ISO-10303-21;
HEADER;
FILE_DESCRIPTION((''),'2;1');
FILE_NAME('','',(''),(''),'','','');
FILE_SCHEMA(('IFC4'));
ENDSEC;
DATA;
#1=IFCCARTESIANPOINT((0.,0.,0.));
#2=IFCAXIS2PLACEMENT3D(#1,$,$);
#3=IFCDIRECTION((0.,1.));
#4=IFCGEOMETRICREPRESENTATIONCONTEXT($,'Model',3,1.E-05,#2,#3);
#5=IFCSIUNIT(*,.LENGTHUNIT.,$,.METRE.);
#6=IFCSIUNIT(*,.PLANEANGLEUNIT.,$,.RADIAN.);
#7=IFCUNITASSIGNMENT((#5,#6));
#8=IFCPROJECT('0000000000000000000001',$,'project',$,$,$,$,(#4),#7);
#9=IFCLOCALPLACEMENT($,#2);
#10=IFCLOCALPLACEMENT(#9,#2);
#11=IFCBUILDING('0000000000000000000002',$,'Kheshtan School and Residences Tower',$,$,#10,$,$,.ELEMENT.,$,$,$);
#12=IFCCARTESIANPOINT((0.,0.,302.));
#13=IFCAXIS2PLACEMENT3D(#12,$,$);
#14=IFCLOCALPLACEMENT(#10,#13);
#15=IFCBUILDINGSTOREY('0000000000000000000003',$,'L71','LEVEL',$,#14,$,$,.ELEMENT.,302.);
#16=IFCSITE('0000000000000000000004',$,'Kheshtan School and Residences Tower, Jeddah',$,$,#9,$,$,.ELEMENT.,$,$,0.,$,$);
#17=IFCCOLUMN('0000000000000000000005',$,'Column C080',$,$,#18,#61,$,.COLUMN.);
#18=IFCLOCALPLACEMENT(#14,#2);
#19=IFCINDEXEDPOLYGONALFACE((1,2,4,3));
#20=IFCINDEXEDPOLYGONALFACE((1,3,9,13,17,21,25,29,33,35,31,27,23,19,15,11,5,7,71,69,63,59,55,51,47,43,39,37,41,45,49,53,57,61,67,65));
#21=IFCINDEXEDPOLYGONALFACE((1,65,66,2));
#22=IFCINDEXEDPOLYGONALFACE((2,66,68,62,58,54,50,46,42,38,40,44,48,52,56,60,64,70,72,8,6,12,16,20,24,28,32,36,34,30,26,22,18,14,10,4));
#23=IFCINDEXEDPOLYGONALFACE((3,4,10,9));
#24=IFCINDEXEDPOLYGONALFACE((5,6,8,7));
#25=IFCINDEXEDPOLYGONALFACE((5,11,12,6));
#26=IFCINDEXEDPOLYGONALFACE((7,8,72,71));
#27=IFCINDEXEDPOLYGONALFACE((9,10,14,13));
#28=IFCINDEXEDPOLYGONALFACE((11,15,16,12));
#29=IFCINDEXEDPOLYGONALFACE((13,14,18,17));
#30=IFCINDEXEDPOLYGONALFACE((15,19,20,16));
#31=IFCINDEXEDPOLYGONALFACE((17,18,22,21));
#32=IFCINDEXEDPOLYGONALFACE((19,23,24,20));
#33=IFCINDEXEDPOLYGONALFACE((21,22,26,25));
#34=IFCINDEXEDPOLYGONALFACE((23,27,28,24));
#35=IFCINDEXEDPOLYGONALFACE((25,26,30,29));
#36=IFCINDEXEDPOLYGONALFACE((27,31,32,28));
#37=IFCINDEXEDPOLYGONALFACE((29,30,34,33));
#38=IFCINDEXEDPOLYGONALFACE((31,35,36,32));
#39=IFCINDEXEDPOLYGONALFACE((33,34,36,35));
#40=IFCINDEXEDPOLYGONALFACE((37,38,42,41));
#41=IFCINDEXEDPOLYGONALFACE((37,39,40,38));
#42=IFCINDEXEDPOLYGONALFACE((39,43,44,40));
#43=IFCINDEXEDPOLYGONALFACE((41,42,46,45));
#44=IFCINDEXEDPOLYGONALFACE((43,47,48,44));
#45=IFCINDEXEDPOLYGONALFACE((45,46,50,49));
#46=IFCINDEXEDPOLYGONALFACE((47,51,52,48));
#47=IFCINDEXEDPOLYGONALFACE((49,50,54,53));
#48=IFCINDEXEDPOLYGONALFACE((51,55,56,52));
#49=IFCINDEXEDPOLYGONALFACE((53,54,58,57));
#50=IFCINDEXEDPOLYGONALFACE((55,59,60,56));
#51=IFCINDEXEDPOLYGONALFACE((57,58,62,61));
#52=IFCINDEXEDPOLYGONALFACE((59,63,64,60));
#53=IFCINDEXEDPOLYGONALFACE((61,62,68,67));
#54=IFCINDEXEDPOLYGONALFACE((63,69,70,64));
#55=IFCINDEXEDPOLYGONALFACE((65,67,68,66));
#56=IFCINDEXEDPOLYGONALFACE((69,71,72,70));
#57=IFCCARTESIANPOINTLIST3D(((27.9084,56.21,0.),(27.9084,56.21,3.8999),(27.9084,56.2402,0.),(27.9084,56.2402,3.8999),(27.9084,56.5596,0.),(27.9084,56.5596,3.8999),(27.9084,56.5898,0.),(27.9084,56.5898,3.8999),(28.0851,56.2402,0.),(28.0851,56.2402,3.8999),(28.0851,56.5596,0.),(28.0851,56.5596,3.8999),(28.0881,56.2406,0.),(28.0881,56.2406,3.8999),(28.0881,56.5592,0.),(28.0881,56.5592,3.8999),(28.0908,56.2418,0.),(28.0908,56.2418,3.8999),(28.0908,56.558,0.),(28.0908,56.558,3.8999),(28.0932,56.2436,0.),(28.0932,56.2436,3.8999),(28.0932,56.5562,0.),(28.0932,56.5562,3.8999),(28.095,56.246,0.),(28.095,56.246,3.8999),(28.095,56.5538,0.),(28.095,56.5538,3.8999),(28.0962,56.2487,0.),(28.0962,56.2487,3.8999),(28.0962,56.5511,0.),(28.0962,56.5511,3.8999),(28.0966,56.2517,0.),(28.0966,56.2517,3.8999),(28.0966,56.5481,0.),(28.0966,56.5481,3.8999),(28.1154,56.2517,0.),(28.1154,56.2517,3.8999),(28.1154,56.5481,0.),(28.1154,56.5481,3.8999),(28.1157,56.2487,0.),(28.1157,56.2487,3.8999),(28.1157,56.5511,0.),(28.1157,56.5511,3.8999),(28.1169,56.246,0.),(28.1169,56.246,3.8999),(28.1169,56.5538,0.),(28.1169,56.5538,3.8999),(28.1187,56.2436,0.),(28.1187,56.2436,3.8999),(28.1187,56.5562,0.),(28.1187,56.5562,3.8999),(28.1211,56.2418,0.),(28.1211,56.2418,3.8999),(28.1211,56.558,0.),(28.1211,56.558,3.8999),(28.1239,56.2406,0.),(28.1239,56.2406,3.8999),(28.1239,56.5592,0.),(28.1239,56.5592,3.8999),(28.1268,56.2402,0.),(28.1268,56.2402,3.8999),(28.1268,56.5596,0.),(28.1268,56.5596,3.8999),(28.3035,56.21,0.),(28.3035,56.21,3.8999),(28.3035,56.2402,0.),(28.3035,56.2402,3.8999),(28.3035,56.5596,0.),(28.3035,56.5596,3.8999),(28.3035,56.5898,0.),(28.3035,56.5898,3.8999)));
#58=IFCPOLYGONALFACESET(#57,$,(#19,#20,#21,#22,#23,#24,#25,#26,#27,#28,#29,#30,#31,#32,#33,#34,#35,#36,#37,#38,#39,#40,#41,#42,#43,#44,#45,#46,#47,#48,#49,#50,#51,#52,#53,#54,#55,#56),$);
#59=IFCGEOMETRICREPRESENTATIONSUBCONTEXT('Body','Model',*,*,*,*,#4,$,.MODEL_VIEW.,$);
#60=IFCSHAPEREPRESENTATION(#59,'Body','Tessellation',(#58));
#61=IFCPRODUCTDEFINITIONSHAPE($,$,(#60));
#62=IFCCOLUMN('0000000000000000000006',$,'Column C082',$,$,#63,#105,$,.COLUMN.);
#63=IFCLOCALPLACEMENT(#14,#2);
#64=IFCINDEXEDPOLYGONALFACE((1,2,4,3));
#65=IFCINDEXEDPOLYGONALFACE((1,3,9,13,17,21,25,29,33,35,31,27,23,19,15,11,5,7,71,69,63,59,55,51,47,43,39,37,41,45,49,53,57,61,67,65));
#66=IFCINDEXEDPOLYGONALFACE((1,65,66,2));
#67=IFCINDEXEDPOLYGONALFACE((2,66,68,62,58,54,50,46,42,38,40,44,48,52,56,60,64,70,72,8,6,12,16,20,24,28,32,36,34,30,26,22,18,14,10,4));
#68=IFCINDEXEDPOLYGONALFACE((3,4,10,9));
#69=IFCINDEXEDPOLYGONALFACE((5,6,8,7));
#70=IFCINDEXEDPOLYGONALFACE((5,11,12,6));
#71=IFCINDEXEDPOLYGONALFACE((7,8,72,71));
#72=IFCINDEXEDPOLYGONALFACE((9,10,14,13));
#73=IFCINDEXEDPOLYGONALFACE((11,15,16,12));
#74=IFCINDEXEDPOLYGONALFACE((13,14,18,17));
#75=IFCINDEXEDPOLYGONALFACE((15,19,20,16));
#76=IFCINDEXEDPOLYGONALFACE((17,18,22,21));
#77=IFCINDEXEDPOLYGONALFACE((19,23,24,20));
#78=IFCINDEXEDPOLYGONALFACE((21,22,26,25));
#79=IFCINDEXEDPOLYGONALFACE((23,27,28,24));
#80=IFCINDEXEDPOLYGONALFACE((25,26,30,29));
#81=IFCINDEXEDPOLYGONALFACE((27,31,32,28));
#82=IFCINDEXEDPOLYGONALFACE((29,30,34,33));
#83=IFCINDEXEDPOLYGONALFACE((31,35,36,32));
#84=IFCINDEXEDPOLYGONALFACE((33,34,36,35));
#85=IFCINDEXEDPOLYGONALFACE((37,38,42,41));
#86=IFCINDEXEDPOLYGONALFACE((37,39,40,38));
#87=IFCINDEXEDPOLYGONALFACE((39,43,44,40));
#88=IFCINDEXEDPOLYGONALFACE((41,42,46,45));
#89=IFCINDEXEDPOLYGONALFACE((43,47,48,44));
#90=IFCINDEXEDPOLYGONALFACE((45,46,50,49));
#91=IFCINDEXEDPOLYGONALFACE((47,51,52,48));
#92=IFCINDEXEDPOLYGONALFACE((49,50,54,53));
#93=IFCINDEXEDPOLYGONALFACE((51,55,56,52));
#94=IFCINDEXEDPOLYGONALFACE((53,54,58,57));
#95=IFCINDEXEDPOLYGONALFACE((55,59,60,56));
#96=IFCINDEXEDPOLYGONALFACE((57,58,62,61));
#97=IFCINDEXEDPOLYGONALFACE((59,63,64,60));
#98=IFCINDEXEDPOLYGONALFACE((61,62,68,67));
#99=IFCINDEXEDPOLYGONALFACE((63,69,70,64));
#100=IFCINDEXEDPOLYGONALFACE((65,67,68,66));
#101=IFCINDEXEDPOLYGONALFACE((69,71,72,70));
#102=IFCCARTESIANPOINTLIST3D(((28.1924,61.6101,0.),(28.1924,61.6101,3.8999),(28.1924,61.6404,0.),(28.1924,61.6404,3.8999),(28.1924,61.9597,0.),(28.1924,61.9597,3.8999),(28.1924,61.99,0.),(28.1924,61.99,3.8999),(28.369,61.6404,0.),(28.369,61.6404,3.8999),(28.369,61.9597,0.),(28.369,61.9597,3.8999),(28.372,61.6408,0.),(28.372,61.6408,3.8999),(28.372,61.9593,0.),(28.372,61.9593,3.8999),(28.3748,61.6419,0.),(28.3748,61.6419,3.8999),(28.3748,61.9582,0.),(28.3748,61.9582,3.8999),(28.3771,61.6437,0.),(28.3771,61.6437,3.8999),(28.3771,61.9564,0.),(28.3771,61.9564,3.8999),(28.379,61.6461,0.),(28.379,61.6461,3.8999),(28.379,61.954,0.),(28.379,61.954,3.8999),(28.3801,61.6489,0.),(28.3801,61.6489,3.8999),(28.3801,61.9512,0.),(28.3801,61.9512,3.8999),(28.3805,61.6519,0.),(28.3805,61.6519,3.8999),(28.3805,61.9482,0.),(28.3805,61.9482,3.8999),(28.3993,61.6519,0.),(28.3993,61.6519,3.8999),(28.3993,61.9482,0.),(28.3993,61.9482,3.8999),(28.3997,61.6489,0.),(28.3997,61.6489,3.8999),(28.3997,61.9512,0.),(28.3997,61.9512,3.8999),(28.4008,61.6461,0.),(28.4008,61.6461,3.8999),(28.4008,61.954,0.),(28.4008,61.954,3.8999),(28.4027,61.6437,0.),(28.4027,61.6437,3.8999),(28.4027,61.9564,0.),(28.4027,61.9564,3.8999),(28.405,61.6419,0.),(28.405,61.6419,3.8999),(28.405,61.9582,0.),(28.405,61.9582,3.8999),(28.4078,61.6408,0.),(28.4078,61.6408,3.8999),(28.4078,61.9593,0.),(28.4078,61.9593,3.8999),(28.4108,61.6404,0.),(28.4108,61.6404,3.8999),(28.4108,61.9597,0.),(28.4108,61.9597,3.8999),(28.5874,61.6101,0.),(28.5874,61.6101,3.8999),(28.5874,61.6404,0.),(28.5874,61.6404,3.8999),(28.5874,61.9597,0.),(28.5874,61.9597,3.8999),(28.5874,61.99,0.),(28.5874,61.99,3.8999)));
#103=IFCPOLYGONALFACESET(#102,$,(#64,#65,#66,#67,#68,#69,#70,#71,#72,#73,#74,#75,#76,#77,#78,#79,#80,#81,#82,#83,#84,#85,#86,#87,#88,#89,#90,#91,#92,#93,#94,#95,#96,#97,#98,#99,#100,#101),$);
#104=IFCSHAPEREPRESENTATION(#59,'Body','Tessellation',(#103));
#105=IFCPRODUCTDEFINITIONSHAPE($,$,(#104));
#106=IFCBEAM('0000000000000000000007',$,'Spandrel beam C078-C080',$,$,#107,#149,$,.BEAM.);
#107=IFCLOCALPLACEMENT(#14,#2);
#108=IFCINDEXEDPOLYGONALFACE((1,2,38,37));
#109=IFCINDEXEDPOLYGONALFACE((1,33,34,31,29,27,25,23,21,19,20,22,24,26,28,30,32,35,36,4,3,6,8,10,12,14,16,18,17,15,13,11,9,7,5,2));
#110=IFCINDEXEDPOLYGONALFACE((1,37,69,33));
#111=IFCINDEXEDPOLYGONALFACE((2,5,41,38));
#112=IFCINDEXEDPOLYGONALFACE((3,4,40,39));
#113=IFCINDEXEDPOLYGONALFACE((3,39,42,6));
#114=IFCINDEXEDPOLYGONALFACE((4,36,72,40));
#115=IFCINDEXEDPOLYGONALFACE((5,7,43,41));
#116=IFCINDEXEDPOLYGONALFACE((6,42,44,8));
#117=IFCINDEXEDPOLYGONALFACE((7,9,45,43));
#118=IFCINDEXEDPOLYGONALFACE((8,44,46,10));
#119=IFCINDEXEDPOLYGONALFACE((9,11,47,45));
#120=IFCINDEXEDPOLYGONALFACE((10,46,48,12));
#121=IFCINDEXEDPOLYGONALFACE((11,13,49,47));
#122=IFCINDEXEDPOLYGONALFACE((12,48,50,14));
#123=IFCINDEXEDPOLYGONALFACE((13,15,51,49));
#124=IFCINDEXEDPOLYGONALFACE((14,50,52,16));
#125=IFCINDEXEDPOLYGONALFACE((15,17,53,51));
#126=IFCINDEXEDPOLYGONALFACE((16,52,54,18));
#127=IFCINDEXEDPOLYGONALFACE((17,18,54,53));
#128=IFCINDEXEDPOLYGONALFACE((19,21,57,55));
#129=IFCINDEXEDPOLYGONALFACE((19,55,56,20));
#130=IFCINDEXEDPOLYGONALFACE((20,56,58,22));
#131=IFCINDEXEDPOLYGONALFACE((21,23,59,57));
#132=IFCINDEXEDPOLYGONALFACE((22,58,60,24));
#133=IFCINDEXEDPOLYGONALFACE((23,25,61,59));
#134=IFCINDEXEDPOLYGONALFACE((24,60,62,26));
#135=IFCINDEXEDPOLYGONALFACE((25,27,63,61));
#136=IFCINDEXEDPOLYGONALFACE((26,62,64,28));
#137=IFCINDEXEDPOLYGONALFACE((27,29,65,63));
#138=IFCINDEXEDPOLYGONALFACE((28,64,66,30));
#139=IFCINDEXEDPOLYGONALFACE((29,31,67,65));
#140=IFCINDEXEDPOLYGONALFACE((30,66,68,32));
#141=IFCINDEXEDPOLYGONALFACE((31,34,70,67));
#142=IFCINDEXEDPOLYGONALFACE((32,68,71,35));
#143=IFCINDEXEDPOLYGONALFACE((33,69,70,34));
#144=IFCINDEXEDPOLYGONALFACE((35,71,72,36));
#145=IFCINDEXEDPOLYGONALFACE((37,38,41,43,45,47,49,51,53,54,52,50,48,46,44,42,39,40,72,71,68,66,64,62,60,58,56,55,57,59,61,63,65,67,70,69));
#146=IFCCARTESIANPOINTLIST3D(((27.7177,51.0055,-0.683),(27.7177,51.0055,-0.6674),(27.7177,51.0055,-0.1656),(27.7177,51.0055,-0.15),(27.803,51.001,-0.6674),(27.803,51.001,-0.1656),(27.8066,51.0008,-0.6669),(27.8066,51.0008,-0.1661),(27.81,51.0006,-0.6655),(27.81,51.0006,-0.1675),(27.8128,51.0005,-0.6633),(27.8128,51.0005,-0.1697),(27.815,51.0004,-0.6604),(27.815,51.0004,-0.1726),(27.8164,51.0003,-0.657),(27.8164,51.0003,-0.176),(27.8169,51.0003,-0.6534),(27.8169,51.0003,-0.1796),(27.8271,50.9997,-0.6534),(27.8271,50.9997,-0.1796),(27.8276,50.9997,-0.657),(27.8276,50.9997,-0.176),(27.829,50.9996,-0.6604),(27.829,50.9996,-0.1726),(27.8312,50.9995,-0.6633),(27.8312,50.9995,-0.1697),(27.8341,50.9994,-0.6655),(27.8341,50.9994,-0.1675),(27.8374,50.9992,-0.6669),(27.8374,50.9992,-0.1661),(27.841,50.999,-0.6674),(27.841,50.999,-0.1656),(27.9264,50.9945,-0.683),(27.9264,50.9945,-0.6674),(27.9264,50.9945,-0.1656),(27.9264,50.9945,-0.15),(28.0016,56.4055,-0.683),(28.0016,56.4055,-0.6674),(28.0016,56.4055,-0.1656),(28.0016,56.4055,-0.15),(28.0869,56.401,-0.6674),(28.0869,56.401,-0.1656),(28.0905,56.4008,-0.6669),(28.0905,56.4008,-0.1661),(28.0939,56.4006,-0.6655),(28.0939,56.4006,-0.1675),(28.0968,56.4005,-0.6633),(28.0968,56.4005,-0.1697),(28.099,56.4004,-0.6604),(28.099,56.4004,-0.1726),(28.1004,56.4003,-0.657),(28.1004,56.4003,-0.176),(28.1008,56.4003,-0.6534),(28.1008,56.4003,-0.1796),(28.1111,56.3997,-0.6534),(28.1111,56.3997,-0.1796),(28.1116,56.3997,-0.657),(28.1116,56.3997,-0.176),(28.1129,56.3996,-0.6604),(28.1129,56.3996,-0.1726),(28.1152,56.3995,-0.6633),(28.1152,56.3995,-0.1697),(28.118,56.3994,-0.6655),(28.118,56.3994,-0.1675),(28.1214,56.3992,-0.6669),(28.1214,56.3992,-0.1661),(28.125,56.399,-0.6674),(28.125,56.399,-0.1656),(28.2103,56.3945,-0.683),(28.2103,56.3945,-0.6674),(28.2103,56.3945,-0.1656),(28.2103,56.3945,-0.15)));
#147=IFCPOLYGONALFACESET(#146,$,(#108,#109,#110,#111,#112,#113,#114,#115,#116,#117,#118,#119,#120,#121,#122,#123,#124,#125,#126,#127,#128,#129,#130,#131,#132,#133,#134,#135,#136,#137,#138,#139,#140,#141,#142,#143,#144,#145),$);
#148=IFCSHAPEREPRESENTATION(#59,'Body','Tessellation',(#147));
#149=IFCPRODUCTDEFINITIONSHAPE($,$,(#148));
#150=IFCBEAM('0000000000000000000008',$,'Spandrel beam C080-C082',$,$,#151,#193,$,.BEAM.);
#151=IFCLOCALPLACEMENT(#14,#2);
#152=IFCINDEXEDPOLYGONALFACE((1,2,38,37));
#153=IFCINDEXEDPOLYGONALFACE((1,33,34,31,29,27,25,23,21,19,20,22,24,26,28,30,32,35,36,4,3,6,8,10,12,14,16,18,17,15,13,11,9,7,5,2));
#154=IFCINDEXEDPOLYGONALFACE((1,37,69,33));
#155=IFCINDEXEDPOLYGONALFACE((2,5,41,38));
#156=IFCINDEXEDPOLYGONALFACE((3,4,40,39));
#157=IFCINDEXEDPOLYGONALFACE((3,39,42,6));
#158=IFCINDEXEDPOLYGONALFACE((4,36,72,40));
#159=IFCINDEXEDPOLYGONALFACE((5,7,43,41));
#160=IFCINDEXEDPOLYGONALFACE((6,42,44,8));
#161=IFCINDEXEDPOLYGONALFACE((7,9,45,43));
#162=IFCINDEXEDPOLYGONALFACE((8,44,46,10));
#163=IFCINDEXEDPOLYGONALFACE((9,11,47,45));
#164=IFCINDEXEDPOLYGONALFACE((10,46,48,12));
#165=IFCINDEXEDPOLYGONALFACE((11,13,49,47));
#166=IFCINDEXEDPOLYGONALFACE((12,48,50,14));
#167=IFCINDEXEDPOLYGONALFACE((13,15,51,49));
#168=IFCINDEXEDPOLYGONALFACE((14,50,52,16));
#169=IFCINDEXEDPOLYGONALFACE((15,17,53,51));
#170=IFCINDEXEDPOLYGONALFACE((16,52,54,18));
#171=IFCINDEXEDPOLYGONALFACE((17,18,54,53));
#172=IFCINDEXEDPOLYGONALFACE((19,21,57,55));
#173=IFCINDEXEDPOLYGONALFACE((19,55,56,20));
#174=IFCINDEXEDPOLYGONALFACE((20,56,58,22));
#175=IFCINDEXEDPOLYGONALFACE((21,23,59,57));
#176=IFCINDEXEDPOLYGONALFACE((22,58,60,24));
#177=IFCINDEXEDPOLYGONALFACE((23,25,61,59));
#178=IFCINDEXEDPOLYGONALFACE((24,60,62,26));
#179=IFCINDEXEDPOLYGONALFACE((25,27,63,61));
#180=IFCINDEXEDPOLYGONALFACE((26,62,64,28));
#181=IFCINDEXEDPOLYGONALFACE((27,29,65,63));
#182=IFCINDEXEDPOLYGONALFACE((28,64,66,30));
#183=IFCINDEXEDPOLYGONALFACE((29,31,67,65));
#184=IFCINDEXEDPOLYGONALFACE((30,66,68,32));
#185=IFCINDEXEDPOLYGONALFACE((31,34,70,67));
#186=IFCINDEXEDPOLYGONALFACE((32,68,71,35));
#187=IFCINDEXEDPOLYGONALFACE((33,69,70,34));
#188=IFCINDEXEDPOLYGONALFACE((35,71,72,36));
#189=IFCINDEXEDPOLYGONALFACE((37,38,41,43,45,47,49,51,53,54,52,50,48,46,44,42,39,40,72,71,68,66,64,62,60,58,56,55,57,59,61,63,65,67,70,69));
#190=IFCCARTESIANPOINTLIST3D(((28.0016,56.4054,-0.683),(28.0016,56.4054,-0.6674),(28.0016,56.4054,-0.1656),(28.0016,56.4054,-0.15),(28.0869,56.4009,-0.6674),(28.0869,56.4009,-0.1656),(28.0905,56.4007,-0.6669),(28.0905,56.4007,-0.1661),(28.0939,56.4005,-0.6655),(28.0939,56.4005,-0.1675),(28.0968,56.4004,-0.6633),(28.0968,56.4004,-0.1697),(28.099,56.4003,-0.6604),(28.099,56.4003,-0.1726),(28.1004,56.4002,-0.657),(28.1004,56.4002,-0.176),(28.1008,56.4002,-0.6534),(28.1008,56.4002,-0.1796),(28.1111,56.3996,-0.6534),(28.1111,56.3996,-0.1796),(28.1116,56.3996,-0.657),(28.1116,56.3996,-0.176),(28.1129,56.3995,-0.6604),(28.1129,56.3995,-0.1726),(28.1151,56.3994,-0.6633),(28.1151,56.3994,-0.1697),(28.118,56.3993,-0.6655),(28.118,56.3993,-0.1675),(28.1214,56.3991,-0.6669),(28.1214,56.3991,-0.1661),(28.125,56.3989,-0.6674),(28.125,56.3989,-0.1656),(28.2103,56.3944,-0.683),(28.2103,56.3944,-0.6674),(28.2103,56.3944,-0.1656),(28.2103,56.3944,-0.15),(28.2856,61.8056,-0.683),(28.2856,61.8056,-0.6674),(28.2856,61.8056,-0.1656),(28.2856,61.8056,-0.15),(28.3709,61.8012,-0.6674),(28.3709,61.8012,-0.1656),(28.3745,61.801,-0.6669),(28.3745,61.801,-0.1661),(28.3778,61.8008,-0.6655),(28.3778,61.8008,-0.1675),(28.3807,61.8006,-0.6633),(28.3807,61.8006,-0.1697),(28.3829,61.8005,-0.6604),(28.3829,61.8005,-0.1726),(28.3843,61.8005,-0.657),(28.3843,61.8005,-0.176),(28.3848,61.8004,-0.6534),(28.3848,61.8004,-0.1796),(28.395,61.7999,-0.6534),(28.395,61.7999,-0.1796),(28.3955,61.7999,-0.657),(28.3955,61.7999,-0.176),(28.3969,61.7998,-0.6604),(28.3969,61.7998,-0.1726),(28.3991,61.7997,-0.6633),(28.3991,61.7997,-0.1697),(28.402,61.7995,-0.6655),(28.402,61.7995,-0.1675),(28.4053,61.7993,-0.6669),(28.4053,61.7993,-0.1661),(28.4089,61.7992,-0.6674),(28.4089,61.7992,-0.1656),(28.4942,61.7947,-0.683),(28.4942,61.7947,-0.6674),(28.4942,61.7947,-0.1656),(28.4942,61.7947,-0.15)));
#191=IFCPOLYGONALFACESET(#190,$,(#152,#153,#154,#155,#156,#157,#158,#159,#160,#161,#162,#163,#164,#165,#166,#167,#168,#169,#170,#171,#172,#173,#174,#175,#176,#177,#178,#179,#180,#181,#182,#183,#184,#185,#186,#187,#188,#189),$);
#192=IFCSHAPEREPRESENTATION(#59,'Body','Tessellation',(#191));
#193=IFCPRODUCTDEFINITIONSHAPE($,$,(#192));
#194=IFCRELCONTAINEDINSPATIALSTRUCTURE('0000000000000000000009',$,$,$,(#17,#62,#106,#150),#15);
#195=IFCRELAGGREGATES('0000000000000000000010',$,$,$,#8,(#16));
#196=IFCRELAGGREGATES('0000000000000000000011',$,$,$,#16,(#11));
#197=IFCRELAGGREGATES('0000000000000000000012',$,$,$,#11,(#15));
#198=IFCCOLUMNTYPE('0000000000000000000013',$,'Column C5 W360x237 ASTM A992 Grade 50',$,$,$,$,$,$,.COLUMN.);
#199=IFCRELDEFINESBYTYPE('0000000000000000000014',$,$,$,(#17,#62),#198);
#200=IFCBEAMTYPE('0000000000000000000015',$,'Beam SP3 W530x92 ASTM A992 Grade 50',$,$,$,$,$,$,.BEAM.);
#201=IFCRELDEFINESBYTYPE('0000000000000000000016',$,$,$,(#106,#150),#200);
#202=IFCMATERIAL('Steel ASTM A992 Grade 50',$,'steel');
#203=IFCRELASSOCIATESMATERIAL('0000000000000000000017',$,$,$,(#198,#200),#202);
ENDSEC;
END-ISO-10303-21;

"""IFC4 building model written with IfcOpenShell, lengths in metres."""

from ifc_helpers import new_model, si_unit, direction, frame, origin, origin_2d, place, context, subcontext, project, spatial, i_section, extrude, material, material_profile, profile_set, type_object, element, save


model = new_model("IFC4")

# Units and contexts
model_context = context("Model", 3, precision=1e-05, world=origin(), true_north=direction((0.0, 1.0)))
body_context = subcontext(model_context, "Body", "Model", "MODEL_VIEW")
ifc_project = project(units=[si_unit("LENGTHUNIT", "METRE"), si_unit("PLANEANGLEUNIT", "RADIAN")], contexts=[model_context])

# Site, building, storey
site_placement = place(None, origin())
site = spatial("IfcSite", under=ifc_project, at=site_placement, Name="Kheshtan School and Residences Tower, Jeddah", CompositionType="ELEMENT", RefElevation=0.0)
building_placement = place(site_placement, origin())
building = spatial("IfcBuilding", under=site, at=building_placement, Name="Kheshtan School and Residences Tower", CompositionType="ELEMENT")
storey_placement = place(building_placement, frame((0.0, 0.0, 302.0)))
storey = spatial("IfcBuildingStorey", under=building, at=storey_placement, Name="L71", Description="LEVEL", CompositionType="ELEMENT", Elevation=302.0)

# Columns
ifc_material_1 = material(Name="Steel ASTM A992 Grade 50", Category="steel")
ifc_material_profile_1 = material_profile(ifc_material_1, i_section(OverallWidth=0.395, OverallDepth=0.3799, WebThickness=0.0188, FlangeThickness=0.0303, FilletRadius=0.0115, at=origin_2d()), Name="W360x237")
ifc_profile_set_1 = profile_set([ifc_material_profile_1], Name="Steel ASTM A992 Grade 50")
column_type = type_object("IfcColumnType", Name="Column C5 W360x237 ASTM A992 Grade 50", PredefinedType="COLUMN", material=ifc_profile_set_1)
for number, where, z_axis, x_axis, name in (
    (1, (28.106, 56.3999, 0.0), (0.0, 0.0, 1.0), (1.0, 0.0, 0.0), "Column C080"),
    (2, (28.3899, 61.8, 0.0), (0.0, 0.0, 1.0), (1.0, 0.0, 0.0), "Column C082"),
):
    element("IfcColumn", number, at=place(storey_placement, frame(where, z_axis=z_axis, x_axis=x_axis)), inside=storey, type_object=column_type, Name=name, PredefinedType="COLUMN", context=body_context, shape_type="SweptSolid", body=[
        extrude(i_section(OverallWidth=0.395, OverallDepth=0.3799, WebThickness=0.0188, FlangeThickness=0.0303, FilletRadius=0.0115, at=origin_2d()), origin(), (0.0, 0.0, 1.0), 3.8999),
    ])

# Beams
ifc_material_profile_2 = material_profile(ifc_material_1, i_section(OverallWidth=0.209, OverallDepth=0.533, WebThickness=0.0103, FlangeThickness=0.0156, FilletRadius=0.0139, at=origin_2d()), Name="W530x92")
ifc_profile_set_2 = profile_set([ifc_material_profile_2], Name="Steel ASTM A992 Grade 50")
beam_type = type_object("IfcBeamType", Name="Beam SP3 W530x92 ASTM A992 Grade 50", PredefinedType="BEAM", material=ifc_profile_set_2)
beam_1_placement = place(storey_placement, frame((27.822, 51.0, -0.4165), z_axis=(0.052509, 0.99862, 0.0), x_axis=(-0.99862, 0.052509, 0.0)))
element("IfcBeam", 3, at=beam_1_placement, inside=storey, type_object=beam_type, Name="Spandrel beam C078-C080", PredefinedType="BEAM", context=body_context, shape_type="SweptSolid", body=[
    extrude(i_section(OverallWidth=0.209, OverallDepth=0.533, WebThickness=0.0103, FlangeThickness=0.0156, FilletRadius=0.0139, at=origin_2d()), origin(), (0.0, 0.0, 1.0), 5.4075),
])
beam_2_placement = place(storey_placement, frame((28.106, 56.3999, -0.4165), z_axis=(0.052507, 0.998621, 0.0), x_axis=(-0.998621, 0.052507, 0.0)))
element("IfcBeam", 4, at=beam_2_placement, inside=storey, type_object=beam_type, Name="Spandrel beam C080-C082", PredefinedType="BEAM", context=body_context, shape_type="SweptSolid", body=[
    extrude(i_section(OverallWidth=0.209, OverallDepth=0.533, WebThickness=0.0103, FlangeThickness=0.0156, FilletRadius=0.0139, at=origin_2d()), origin(), (0.0, 0.0, 1.0), 5.4077),
])

save(model, "model.ifc")
